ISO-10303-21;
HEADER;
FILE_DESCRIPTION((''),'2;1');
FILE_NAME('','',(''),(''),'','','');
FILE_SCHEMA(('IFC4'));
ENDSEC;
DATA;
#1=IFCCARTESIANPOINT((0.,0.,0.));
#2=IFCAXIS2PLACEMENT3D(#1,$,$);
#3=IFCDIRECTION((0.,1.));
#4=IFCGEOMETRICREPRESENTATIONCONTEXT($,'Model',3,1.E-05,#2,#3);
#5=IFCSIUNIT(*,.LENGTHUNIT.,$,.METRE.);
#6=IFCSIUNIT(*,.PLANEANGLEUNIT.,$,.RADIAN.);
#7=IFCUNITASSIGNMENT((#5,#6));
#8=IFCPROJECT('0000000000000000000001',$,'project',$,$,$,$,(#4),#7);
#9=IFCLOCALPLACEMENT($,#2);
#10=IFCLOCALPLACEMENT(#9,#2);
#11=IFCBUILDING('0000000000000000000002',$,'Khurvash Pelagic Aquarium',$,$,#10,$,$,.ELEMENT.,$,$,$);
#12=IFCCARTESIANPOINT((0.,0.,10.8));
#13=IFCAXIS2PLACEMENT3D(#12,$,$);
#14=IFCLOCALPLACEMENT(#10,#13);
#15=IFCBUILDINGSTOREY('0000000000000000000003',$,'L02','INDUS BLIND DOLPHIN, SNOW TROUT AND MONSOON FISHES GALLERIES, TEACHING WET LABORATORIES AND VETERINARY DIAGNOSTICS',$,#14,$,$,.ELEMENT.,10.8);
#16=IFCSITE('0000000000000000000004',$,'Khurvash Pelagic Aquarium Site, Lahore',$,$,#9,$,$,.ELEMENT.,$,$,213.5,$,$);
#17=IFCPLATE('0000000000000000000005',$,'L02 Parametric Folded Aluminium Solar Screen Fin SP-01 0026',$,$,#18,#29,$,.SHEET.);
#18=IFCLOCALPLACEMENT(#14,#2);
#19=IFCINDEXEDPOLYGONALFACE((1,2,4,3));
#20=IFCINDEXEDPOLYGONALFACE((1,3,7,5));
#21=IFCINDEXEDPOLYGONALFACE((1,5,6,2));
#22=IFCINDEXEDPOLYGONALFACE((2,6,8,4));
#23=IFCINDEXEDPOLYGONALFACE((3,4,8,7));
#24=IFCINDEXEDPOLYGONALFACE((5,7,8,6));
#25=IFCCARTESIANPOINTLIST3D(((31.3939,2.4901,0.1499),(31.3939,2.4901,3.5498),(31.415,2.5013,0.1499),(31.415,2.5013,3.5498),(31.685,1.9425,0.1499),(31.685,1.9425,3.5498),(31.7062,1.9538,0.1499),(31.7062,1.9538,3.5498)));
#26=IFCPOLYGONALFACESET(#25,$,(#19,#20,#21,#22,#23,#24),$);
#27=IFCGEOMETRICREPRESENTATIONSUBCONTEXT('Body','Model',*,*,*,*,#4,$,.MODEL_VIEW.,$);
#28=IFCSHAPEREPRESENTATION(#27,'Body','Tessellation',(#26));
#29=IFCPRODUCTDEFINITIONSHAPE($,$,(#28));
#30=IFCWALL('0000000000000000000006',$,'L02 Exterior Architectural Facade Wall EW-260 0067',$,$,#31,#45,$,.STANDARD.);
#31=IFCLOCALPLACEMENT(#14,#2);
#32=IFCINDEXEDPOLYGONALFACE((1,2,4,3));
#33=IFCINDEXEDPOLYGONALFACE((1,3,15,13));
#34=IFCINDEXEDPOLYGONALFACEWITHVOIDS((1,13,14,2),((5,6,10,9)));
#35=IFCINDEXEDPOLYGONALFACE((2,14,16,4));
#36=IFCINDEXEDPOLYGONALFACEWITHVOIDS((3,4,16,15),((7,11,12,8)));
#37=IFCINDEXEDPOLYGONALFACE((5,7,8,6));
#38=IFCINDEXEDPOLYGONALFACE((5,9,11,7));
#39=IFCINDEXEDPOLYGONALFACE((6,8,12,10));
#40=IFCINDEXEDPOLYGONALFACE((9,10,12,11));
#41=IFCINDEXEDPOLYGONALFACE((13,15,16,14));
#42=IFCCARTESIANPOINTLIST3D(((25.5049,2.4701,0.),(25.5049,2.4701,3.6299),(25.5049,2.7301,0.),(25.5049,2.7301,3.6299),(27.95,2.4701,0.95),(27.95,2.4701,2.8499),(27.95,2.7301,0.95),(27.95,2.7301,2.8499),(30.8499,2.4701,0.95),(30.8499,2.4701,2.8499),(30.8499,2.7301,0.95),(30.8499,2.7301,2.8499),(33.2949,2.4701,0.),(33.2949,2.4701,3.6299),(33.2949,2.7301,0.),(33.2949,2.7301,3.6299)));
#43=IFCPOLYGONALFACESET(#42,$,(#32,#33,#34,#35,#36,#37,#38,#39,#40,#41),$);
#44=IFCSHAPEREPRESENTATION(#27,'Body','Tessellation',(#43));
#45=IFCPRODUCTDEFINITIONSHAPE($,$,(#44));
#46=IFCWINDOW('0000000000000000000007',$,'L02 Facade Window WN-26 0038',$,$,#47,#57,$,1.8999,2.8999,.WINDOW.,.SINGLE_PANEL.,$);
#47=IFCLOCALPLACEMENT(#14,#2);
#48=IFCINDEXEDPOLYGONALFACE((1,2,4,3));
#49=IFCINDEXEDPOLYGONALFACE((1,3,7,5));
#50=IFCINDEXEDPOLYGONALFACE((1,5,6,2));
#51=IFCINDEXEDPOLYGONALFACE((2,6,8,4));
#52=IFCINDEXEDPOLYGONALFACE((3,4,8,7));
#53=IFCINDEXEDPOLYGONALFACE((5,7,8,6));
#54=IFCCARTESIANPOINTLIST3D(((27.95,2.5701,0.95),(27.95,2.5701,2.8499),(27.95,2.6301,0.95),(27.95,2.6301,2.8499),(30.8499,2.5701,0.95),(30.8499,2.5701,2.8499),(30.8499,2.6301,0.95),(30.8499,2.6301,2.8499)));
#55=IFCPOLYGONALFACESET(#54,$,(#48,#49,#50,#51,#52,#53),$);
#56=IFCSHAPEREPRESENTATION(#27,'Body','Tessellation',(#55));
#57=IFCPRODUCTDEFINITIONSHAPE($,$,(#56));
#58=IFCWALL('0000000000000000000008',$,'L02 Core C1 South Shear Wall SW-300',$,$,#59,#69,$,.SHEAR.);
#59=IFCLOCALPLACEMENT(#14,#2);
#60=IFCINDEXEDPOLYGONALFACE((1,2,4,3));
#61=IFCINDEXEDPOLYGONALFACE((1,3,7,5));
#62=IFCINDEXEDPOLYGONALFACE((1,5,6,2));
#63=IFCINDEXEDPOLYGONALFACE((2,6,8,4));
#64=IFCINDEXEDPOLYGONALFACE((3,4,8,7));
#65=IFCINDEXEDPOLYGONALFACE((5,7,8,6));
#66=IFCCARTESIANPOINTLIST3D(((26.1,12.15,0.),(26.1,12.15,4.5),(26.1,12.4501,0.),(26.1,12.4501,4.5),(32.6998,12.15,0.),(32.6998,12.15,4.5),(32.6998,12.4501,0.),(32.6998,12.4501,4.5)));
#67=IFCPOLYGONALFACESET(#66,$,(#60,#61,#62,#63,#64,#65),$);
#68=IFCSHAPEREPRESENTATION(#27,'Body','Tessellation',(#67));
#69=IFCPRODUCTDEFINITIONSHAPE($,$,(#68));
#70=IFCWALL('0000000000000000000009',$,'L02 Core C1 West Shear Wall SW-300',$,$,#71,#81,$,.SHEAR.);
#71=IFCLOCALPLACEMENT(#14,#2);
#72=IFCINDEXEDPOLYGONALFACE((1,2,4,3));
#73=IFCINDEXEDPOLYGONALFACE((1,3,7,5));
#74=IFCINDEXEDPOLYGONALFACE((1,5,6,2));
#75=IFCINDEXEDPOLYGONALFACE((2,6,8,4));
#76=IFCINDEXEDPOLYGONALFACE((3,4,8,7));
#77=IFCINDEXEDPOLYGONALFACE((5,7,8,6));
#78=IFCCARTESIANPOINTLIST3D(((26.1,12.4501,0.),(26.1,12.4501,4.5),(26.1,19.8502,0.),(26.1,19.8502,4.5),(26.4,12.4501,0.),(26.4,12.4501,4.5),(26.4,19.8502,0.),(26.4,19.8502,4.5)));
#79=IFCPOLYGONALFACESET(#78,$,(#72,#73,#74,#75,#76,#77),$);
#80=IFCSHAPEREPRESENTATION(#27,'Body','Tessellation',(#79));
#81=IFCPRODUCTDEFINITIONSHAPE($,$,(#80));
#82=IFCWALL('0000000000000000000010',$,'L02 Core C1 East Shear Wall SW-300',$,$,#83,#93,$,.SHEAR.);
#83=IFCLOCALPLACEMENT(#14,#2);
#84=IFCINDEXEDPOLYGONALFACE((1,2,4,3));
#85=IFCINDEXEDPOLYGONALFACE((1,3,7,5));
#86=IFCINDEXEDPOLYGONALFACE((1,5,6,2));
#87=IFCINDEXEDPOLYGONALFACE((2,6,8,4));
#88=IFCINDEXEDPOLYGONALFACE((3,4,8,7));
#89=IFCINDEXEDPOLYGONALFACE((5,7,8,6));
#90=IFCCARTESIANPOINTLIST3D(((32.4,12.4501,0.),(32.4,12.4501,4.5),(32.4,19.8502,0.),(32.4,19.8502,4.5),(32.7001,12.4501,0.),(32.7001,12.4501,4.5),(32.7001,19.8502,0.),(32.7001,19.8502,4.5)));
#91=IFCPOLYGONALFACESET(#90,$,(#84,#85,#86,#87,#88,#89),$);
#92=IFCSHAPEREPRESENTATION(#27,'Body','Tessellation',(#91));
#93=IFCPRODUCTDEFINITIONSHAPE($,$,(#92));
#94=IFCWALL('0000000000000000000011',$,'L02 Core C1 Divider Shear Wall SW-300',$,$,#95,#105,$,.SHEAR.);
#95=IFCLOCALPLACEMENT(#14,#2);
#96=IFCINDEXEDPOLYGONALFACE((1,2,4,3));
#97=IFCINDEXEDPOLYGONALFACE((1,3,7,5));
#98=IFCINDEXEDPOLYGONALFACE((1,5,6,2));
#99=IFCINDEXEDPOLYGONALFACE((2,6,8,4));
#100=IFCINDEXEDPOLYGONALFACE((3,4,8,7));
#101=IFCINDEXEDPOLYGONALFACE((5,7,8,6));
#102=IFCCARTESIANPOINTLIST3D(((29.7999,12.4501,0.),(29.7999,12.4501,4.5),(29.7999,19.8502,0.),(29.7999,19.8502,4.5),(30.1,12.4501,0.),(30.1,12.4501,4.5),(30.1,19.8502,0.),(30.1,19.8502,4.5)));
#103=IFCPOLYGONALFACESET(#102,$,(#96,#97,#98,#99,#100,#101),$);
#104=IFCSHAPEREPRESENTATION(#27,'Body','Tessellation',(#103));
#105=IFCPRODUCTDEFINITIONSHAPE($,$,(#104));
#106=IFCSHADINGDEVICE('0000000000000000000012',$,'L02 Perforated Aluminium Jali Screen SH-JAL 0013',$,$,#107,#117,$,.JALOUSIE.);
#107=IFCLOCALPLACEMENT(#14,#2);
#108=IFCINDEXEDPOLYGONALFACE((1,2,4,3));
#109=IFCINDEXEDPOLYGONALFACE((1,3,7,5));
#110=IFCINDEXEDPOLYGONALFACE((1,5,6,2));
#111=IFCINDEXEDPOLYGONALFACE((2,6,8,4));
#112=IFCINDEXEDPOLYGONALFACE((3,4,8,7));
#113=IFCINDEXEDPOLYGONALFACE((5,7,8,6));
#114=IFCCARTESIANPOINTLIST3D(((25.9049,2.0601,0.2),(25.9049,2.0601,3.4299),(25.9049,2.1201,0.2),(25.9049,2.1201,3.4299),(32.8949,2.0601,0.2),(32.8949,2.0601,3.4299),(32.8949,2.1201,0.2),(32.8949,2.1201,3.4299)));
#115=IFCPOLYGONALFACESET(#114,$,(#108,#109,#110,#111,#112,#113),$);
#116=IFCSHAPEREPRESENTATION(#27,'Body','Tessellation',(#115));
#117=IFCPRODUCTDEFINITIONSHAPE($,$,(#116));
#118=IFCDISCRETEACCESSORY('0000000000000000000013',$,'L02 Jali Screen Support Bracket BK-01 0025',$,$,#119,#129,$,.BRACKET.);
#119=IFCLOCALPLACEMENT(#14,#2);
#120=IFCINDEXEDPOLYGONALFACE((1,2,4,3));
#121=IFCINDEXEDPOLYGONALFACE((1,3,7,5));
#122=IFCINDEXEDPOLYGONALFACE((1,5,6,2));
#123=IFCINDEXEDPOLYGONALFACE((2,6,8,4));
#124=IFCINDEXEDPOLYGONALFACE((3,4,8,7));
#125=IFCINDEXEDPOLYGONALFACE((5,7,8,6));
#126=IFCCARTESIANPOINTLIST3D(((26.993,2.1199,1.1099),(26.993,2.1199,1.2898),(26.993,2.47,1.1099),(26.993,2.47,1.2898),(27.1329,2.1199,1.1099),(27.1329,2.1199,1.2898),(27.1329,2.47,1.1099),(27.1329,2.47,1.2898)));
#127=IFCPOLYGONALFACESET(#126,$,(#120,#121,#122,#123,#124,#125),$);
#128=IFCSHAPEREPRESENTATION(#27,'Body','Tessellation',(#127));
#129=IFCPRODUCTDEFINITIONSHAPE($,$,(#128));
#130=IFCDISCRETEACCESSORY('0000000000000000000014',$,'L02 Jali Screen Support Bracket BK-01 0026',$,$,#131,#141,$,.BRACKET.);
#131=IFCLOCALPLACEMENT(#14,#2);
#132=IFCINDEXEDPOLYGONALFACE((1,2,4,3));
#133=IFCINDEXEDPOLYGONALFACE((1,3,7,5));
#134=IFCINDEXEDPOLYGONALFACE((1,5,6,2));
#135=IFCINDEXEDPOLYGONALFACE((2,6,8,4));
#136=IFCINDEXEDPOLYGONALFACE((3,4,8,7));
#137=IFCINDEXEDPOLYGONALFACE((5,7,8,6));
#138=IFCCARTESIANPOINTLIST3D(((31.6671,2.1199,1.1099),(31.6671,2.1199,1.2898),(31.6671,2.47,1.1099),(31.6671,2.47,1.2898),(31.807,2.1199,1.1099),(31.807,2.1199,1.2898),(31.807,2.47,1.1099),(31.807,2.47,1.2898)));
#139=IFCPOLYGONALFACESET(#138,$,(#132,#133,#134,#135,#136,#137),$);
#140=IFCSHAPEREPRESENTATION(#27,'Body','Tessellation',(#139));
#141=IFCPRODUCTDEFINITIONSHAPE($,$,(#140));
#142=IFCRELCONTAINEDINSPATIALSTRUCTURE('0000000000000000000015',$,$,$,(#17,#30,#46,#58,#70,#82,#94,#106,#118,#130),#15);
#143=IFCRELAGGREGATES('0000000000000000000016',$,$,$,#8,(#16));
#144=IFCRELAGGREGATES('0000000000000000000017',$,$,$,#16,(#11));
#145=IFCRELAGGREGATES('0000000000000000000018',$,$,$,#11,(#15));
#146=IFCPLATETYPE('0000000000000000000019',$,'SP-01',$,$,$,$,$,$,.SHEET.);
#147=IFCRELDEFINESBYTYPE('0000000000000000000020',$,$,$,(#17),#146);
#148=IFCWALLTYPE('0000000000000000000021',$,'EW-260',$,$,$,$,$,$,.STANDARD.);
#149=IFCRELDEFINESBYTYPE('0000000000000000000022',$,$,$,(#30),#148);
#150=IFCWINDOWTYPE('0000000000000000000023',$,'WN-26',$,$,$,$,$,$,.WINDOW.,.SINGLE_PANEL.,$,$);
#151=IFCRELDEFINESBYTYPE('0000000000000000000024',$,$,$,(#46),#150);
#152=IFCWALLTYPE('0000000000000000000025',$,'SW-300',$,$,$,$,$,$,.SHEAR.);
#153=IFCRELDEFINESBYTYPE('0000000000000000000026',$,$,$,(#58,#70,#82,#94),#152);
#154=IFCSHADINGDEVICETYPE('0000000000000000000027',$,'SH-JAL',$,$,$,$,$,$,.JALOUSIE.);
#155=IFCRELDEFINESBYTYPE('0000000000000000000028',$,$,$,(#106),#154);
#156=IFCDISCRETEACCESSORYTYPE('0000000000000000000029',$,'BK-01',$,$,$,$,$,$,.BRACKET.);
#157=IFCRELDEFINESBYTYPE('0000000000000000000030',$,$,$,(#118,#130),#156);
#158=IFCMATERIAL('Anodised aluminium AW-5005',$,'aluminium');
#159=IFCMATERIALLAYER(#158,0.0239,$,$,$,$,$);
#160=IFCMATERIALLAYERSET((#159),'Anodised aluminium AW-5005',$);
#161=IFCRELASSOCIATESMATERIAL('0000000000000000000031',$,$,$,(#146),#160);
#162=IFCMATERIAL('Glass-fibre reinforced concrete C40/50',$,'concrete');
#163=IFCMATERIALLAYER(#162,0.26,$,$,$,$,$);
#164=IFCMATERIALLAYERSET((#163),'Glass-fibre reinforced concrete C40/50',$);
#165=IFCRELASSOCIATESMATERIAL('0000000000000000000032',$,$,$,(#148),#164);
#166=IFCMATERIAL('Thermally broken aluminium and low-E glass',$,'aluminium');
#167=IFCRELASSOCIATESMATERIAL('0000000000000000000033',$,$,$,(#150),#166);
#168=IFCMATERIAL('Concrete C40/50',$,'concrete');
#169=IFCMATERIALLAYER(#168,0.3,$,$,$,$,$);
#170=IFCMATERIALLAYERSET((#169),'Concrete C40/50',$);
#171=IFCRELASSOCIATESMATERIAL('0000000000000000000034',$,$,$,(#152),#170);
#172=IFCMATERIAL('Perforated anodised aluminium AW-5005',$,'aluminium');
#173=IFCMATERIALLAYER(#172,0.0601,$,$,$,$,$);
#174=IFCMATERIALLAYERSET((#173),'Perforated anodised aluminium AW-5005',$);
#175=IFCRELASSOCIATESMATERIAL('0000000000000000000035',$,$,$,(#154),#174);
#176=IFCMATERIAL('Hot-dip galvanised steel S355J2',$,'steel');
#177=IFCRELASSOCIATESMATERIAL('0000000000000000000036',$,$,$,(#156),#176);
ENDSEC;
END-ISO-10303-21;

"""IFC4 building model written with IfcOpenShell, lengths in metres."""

from ifc_helpers import new_model, si_unit, direction, frame, frame_2d, origin, origin_2d, place, context, subcontext, project, spatial, rectangle, extrude, material, layer, layer_set, type_object, element, fill, save


model = new_model("IFC4")

# Units and contexts
model_context = context("Model", 3, precision=1e-05, world=origin(), true_north=direction((0.0, 1.0)))
body_context = subcontext(model_context, "Body", "Model", "MODEL_VIEW")
ifc_project = project(units=[si_unit("LENGTHUNIT", "METRE"), si_unit("PLANEANGLEUNIT", "RADIAN")], contexts=[model_context])

# Site, building, storey
site_placement = place(None, origin())
site = spatial("IfcSite", under=ifc_project, at=site_placement, Name="Khurvash Pelagic Aquarium Site, Lahore", CompositionType="ELEMENT", RefElevation=213.5)
building_placement = place(site_placement, origin())
building = spatial("IfcBuilding", under=site, at=building_placement, Name="Khurvash Pelagic Aquarium", CompositionType="ELEMENT")
storey_placement = place(building_placement, frame((0.0, 0.0, 10.8)))
storey = spatial("IfcBuildingStorey", under=building, at=storey_placement, Name="L02", Description="INDUS BLIND DOLPHIN, SNOW TROUT AND MONSOON FISHES GALLERIES, TEACHING WET LABORATORIES AND VETERINARY DIAGNOSTICS", CompositionType="ELEMENT", Elevation=10.8)

# Shared definitions
ifc_material_1 = material(Name="Concrete C40/50", Category="concrete")

# Plate
ifc_material_2 = material(Name="Anodised aluminium AW-5005", Category="aluminium")
ifc_layer_1 = layer(ifc_material_2, 0.0239)
ifc_layer_set_1 = layer_set([ifc_layer_1], Name="Anodised aluminium AW-5005")
plate_type = type_object("IfcPlateType", Name="SP-01", PredefinedType="SHEET", material=ifc_layer_set_1)
for number, where, z_axis, x_axis, name in (
    (1, (31.55, 2.2219, 0.1499), (0.0, 0.0, 1.0), (0.469472, -0.882948, 0.0), "L02 Parametric Folded Aluminium Solar Screen Fin SP-01 0026"),
):
    element("IfcPlate", number, at=place(storey_placement, frame(where, z_axis=z_axis, x_axis=x_axis)), inside=storey, type_object=plate_type, Name=name, PredefinedType="SHEET", context=body_context, shape_type="SweptSolid", body=[
        extrude(rectangle(XDim=0.6201, YDim=0.0239, at=origin_2d()), origin(), (0.0, 0.0, 1.0), 3.3999),
    ])

# Wall, opening, window
ifc_material_3 = material(Name="Glass-fibre reinforced concrete C40/50", Category="concrete")
ifc_layer_2 = layer(ifc_material_3, 0.26)
ifc_layer_set_2 = layer_set([ifc_layer_2], Name="Glass-fibre reinforced concrete C40/50")
wall_type_1 = type_object("IfcWallType", Name="EW-260", PredefinedType="STANDARD", material=ifc_layer_set_2)
wall_1_placement = place(storey_placement, frame((25.5049, 2.6001, 0.0), z_axis=(0.0, 0.0, 1.0), x_axis=(1.0, 0.0, 0.0)))
wall_1 = element("IfcWall", 2, at=wall_1_placement, inside=storey, type_object=wall_type_1, Name="L02 Exterior Architectural Facade Wall EW-260 0067", PredefinedType="STANDARD", context=body_context, shape_type="SweptSolid", body=[
    extrude(rectangle(XDim=7.79, YDim=0.26, at=frame_2d((3.895, 0.0))), origin(), (0.0, 0.0, 1.0), 3.6299),
])
opening_placement = place(wall_1_placement, frame((2.4451, 0.0, 0.95)))
opening = element("IfcOpeningElement", 3, at=opening_placement, cuts=wall_1, PredefinedType="OPENING", context=body_context, shape_type="SweptSolid", body=[
    extrude(rectangle(XDim=2.8999, YDim=1.8999, at=frame_2d((1.45, 0.95))), frame((0.0, 0.1401, 0.0), z_axis=(0.0, -1.0, 0.0), x_axis=(1.0, 0.0, 0.0)), (0.0, 0.0, 1.0), 0.28),
])
ifc_material_4 = material(Name="Thermally broken aluminium and low-E glass", Category="aluminium")
window_type = type_object("IfcWindowType", Name="WN-26", PartitioningType="SINGLE_PANEL", PredefinedType="WINDOW", material=ifc_material_4)
window_placement = place(opening_placement, origin())
window = element("IfcWindow", 4, at=window_placement, inside=storey, type_object=window_type, Name="L02 Facade Window WN-26 0038", OverallHeight=1.8999, OverallWidth=2.8999, PartitioningType="SINGLE_PANEL", PredefinedType="WINDOW", context=body_context, shape_type="SweptSolid", body=[
    extrude(rectangle(XDim=2.8999, YDim=1.8999, at=frame_2d((1.45, 0.95))), frame((0.0, 0.03, 0.0), z_axis=(0.0, -1.0, 0.0), x_axis=(1.0, 0.0, 0.0)), (0.0, 0.0, 1.0), 0.0601),
])
fill(opening, window)

# Walls
ifc_layer_3 = layer(ifc_material_1, 0.3)
ifc_layer_set_3 = layer_set([ifc_layer_3], Name="Concrete C40/50")
wall_type_2 = type_object("IfcWallType", Name="SW-300", PredefinedType="SHEAR", material=ifc_layer_set_3)
wall_2_placement = place(storey_placement, frame((26.1001, 12.3, 0.0), z_axis=(0.0, 0.0, 1.0), x_axis=(1.0, 0.0, 0.0)))
element("IfcWall", 5, at=wall_2_placement, inside=storey, type_object=wall_type_2, Name="L02 Core C1 South Shear Wall SW-300", PredefinedType="SHEAR", context=body_context, shape_type="SweptSolid", body=[
    extrude(rectangle(XDim=6.5999, YDim=0.3, at=frame_2d((3.2998, 0.0))), origin(), (0.0, 0.0, 1.0), 4.5),
])
for number, where, z_axis, x_axis, name in (
    (6, (26.25, 12.45, 0.0), (0.0, 0.0, 1.0), (0.0, 1.0, 0.0), "L02 Core C1 West Shear Wall SW-300"),
    (7, (32.55, 12.45, 0.0), (0.0, 0.0, 1.0), (0.0, 1.0, 0.0), "L02 Core C1 East Shear Wall SW-300"),
    (8, (29.95, 12.45, 0.0), (0.0, 0.0, 1.0), (0.0, 1.0, 0.0), "L02 Core C1 Divider Shear Wall SW-300"),
):
    element("IfcWall", number, at=place(storey_placement, frame(where, z_axis=z_axis, x_axis=x_axis)), inside=storey, type_object=wall_type_2, Name=name, PredefinedType="SHEAR", context=body_context, shape_type="SweptSolid", body=[
        extrude(rectangle(XDim=7.4001, YDim=0.3, at=frame_2d((3.7002, 0.0))), origin(), (0.0, 0.0, 1.0), 4.5),
    ])

# Shading device
ifc_material_5 = material(Name="Perforated anodised aluminium AW-5005", Category="aluminium")
ifc_layer_4 = layer(ifc_material_5, 0.0601)
ifc_layer_set_4 = layer_set([ifc_layer_4], Name="Perforated anodised aluminium AW-5005")
shading_device_type = type_object("IfcShadingDeviceType", Name="SH-JAL", PredefinedType="JALOUSIE", material=ifc_layer_set_4)
shading_device_placement = place(storey_placement, frame((29.3999, 2.0901, 0.2), z_axis=(0.0, 0.0, 1.0), x_axis=(1.0, 0.0, 0.0)))
element("IfcShadingDevice", 9, at=shading_device_placement, inside=storey, type_object=shading_device_type, Name="L02 Perforated Aluminium Jali Screen SH-JAL 0013", PredefinedType="JALOUSIE", context=body_context, shape_type="SweptSolid", body=[
    extrude(rectangle(XDim=6.99, YDim=0.0601, at=origin_2d()), origin(), (0.0, 0.0, 1.0), 3.23),
])

# Discrete accessories
ifc_material_6 = material(Name="Hot-dip galvanised steel S355J2", Category="steel")
discrete_accessory_type = type_object("IfcDiscreteAccessoryType", Name="BK-01", PredefinedType="BRACKET", material=ifc_material_6)
for number, where, z_axis, x_axis, name in (
    (10, (27.063, 2.2949, 1.1099), (0.0, 0.0, 1.0), (1.0, 0.0, 0.0), "L02 Jali Screen Support Bracket BK-01 0025"),
    (11, (31.7371, 2.2949, 1.1099), (0.0, 0.0, 1.0), (1.0, 0.0, 0.0), "L02 Jali Screen Support Bracket BK-01 0026"),
):
    element("IfcDiscreteAccessory", number, at=place(storey_placement, frame(where, z_axis=z_axis, x_axis=x_axis)), inside=storey, type_object=discrete_accessory_type, Name=name, PredefinedType="BRACKET", context=body_context, shape_type="SweptSolid", body=[
        extrude(rectangle(XDim=0.1399, YDim=0.3501, at=origin_2d()), origin(), (0.0, 0.0, 1.0), 0.1799),
    ])

save(model, "model.ifc")
